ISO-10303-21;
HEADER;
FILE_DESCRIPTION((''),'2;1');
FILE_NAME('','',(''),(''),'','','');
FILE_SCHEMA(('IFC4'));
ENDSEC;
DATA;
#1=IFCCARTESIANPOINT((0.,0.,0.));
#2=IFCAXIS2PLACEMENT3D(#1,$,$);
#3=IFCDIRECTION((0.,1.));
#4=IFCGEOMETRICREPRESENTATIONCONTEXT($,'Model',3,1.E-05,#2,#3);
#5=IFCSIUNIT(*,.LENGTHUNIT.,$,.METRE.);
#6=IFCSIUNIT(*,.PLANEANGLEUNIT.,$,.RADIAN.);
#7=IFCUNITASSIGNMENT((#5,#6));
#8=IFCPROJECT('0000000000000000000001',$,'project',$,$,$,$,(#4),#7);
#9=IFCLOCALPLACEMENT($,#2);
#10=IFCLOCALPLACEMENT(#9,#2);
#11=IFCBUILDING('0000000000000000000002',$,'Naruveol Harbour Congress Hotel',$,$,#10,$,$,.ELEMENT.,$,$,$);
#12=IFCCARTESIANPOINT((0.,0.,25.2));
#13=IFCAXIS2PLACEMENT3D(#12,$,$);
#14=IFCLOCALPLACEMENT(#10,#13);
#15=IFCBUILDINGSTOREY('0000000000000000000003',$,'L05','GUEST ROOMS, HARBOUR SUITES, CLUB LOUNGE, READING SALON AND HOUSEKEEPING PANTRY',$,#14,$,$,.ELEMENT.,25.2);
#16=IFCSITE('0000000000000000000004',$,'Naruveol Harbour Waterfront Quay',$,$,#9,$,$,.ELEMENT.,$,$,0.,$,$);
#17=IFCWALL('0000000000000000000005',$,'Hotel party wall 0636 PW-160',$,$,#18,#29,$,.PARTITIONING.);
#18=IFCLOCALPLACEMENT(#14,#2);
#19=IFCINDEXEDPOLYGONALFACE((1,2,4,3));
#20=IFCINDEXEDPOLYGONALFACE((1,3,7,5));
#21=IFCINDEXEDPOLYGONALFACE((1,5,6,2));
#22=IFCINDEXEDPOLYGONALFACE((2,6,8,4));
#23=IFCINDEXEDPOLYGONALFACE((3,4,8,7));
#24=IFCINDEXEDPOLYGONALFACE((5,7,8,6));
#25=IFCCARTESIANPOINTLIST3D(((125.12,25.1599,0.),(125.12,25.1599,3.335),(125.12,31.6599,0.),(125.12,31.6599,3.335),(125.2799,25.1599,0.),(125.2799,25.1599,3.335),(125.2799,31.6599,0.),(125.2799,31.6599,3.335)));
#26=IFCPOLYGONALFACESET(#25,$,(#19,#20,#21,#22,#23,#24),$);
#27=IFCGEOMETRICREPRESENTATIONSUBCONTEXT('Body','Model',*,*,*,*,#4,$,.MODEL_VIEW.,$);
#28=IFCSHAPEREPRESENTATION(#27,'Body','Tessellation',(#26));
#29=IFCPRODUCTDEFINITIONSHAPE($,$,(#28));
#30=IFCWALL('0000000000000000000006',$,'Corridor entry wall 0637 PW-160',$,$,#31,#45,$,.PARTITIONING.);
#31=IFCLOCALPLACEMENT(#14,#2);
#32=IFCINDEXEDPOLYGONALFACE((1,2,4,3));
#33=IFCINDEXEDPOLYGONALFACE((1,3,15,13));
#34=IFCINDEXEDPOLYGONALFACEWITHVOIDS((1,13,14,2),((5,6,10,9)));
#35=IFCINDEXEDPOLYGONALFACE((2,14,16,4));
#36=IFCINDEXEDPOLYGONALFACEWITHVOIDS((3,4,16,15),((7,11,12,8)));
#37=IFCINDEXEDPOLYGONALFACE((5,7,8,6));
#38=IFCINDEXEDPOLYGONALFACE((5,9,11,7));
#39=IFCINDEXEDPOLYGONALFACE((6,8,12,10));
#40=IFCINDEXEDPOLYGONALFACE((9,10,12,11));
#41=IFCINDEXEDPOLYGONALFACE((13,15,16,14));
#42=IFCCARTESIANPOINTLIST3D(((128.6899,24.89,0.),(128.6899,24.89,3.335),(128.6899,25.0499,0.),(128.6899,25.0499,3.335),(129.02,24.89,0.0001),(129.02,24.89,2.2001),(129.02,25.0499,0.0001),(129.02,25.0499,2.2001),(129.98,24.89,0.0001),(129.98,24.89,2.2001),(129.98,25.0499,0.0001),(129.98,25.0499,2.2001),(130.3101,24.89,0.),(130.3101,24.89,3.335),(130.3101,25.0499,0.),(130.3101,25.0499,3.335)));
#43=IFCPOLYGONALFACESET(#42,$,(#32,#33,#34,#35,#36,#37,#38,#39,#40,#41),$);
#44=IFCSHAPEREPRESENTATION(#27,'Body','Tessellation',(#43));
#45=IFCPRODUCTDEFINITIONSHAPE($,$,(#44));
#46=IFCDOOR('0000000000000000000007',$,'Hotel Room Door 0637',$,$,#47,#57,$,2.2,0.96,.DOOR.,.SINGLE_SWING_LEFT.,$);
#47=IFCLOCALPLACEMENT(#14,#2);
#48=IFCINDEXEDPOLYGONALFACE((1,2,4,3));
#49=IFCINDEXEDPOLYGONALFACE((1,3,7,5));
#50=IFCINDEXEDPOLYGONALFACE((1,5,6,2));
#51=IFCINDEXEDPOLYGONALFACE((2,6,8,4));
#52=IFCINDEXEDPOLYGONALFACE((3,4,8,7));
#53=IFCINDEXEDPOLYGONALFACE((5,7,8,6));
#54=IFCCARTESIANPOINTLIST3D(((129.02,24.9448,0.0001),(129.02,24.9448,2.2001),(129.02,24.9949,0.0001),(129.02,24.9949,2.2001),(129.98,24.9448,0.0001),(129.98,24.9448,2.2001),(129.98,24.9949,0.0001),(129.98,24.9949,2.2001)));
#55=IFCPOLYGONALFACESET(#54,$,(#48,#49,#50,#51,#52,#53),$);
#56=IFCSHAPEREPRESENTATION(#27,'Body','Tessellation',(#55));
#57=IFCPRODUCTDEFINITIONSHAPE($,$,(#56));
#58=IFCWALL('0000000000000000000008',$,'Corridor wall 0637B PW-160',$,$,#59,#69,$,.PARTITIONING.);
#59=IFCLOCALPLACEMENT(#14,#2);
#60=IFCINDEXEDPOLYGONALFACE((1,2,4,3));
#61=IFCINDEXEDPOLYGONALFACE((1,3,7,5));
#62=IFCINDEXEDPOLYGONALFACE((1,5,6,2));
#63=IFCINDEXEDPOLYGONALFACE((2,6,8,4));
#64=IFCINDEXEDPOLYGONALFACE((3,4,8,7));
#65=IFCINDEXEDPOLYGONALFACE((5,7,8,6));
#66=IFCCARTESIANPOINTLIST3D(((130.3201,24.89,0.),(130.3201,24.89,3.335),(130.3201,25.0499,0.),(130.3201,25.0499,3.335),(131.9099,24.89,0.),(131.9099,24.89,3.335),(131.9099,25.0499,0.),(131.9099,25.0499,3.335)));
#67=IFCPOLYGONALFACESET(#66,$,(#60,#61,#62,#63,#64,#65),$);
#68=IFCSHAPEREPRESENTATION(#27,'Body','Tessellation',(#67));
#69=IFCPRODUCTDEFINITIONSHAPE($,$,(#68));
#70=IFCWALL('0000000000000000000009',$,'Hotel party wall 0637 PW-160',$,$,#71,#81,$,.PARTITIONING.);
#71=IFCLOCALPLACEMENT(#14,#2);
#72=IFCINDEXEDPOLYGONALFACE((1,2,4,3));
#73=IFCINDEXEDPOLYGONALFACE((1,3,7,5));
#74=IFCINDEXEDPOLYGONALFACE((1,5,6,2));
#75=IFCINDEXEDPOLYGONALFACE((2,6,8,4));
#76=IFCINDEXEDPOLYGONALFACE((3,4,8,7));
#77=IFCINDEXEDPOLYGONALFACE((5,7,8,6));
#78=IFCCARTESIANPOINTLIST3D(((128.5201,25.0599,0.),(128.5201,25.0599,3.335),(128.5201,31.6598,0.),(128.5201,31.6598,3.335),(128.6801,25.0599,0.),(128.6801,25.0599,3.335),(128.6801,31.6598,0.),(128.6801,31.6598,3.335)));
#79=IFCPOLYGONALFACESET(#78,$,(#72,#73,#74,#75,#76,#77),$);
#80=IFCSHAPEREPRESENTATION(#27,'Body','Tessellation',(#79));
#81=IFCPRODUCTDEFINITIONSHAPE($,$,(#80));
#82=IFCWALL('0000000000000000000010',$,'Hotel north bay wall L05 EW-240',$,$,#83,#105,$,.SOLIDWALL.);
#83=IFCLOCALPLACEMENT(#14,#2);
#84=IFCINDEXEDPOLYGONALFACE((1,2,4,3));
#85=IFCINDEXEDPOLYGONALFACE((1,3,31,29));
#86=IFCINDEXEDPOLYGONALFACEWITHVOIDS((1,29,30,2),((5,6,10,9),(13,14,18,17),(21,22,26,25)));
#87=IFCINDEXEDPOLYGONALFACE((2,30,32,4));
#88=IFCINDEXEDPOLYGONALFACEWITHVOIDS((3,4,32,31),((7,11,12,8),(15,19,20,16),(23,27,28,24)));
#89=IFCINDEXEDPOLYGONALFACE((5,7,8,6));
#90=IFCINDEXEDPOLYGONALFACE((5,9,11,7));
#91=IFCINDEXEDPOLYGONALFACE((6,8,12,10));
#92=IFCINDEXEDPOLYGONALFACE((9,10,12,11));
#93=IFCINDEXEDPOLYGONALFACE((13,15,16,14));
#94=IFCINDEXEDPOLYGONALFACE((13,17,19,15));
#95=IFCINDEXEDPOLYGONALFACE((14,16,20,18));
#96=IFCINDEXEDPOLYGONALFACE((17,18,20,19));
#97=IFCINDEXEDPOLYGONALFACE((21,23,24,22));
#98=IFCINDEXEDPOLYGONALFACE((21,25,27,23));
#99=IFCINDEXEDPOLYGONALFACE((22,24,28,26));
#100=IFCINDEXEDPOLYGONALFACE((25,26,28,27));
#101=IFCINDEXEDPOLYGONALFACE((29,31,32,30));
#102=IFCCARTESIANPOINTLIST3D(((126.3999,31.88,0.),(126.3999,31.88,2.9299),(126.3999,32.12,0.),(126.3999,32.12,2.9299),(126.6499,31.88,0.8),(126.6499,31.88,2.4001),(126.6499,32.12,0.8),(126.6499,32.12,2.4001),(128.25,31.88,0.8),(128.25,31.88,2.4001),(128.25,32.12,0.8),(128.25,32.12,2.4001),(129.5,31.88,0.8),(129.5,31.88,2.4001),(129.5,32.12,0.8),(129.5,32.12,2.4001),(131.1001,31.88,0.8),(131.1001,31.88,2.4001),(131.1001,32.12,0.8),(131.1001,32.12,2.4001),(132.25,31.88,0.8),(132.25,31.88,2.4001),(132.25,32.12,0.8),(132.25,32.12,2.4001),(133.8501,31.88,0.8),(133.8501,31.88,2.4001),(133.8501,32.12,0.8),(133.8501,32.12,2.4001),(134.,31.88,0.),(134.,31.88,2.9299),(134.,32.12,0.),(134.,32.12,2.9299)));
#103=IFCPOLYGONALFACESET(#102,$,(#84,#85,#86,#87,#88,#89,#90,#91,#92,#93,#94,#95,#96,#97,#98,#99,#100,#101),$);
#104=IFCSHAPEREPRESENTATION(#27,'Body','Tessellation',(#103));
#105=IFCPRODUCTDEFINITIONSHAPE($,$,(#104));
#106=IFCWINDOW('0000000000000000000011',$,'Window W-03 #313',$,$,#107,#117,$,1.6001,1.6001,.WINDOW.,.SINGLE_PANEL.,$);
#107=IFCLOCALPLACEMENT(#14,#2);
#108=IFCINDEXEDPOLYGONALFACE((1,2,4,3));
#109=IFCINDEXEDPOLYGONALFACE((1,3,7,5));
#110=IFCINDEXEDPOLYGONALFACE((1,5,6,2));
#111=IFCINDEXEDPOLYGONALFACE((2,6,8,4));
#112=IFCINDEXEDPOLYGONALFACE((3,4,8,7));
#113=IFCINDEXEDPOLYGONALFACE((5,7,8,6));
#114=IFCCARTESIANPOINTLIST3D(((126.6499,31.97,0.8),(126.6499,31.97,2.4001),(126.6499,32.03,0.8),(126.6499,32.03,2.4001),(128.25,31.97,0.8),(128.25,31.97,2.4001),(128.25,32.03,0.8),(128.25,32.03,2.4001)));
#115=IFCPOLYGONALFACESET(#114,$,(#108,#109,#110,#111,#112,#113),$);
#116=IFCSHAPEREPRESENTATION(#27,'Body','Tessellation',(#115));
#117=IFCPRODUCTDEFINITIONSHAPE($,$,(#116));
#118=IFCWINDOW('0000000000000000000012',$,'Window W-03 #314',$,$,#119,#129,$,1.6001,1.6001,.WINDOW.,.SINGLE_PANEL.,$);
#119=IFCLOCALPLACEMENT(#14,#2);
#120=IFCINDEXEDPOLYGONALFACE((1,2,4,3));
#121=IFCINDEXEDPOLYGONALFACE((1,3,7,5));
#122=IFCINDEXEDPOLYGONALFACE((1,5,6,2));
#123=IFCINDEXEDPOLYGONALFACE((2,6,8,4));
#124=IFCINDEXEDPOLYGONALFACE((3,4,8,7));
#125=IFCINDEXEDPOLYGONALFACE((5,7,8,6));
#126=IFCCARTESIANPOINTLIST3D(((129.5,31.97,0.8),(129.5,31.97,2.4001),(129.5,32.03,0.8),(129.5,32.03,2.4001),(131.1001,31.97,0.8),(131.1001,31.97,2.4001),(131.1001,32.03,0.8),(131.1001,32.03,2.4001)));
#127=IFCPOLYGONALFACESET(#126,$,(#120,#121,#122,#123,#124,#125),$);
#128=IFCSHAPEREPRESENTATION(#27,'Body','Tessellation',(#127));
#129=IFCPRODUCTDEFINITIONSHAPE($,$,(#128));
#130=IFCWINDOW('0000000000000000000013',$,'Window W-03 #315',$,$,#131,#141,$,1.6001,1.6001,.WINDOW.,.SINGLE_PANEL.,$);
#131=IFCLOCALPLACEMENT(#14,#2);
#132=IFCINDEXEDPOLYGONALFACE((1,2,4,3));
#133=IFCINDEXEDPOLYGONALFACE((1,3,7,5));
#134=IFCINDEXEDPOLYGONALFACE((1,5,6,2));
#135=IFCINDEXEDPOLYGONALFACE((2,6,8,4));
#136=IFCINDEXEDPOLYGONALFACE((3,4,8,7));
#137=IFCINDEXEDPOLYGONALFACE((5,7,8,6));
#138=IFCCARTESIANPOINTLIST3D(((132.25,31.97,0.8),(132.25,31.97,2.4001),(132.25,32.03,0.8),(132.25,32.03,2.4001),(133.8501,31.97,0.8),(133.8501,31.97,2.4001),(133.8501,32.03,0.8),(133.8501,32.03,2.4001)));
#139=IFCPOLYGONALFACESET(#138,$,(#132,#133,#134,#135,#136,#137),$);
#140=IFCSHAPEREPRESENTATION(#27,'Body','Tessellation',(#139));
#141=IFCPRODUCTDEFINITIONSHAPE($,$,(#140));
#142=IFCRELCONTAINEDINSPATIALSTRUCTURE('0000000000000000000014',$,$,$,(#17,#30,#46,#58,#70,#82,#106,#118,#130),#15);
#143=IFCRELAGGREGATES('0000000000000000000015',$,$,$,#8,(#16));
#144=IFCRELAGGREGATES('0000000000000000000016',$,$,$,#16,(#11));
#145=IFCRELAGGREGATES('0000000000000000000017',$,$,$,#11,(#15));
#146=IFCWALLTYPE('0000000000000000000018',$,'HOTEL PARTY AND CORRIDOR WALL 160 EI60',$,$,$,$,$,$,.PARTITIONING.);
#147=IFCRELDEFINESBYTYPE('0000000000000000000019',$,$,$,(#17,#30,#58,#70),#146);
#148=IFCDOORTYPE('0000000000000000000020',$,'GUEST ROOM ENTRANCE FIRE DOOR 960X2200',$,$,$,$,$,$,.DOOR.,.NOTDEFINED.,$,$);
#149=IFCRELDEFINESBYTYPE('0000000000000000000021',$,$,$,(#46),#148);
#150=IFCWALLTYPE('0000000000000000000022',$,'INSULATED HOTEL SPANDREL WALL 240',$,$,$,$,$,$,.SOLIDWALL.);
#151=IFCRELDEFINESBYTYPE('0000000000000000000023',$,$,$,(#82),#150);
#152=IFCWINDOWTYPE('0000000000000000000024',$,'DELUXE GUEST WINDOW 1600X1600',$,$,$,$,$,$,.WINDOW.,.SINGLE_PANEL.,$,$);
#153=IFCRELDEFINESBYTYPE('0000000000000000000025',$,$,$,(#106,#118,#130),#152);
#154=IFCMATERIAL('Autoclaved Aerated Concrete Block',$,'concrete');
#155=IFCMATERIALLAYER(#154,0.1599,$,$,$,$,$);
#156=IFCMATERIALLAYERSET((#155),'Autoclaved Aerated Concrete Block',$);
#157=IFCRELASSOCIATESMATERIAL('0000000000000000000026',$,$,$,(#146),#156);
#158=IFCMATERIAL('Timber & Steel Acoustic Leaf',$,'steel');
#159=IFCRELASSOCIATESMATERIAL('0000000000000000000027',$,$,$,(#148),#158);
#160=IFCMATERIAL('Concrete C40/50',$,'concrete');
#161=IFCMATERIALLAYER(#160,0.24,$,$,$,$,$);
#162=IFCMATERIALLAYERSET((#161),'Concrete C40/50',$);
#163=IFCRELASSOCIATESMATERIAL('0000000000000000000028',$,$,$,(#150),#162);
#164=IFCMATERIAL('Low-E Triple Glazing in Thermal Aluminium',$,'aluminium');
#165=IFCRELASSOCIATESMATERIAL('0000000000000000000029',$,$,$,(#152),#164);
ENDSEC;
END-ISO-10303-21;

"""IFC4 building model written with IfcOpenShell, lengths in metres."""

from ifc_helpers import new_model, si_unit, direction, frame, frame_2d, origin, place, context, subcontext, project, spatial, rectangle, extrude, material, layer, layer_set, type_object, element, fill, save


model = new_model("IFC4")

# Units and contexts
model_context = context("Model", 3, precision=1e-05, world=origin(), true_north=direction((0.0, 1.0)))
body_context = subcontext(model_context, "Body", "Model", "MODEL_VIEW")
ifc_project = project(units=[si_unit("LENGTHUNIT", "METRE"), si_unit("PLANEANGLEUNIT", "RADIAN")], contexts=[model_context])

# Site, building, storey
site_placement = place(None, origin())
site = spatial("IfcSite", under=ifc_project, at=site_placement, Name="Naruveol Harbour Waterfront Quay", CompositionType="ELEMENT", RefElevation=0.0)
building_placement = place(site_placement, origin())
building = spatial("IfcBuilding", under=site, at=building_placement, Name="Naruveol Harbour Congress Hotel", CompositionType="ELEMENT")
storey_placement = place(building_placement, frame((0.0, 0.0, 25.2)))
storey = spatial("IfcBuildingStorey", under=building, at=storey_placement, Name="L05", Description="GUEST ROOMS, HARBOUR SUITES, CLUB LOUNGE, READING SALON AND HOUSEKEEPING PANTRY", CompositionType="ELEMENT", Elevation=25.2)

# Shared definitions
ifc_material_1 = material(Name="Autoclaved Aerated Concrete Block", Category="concrete")
ifc_layer_1 = layer(ifc_material_1, 0.1599)
ifc_layer_set_1 = layer_set([ifc_layer_1], Name="Autoclaved Aerated Concrete Block")
wall_type_1 = type_object("IfcWallType", Name="HOTEL PARTY AND CORRIDOR WALL 160 EI60", PredefinedType="PARTITIONING", material=ifc_layer_set_1)

# Shared definitions
ifc_material_2 = material(Name="Timber & Steel Acoustic Leaf", Category="steel")
door_type_1 = type_object("IfcDoorType", Name="GUEST ROOM ENTRANCE FIRE DOOR 960X2200", OperationType="NOTDEFINED", PredefinedType="DOOR", material=ifc_material_2)

# Wall
wall_1_placement = place(storey_placement, frame((125.2, 25.1599, 0.0), z_axis=(0.0, 0.0, 1.0), x_axis=(0.0, 1.0, 0.0)))
element("IfcWall", 1, at=wall_1_placement, inside=storey, type_object=wall_type_1, Name="Hotel party wall 0636 PW-160", PredefinedType="PARTITIONING", context=body_context, shape_type="SweptSolid", body=[
    extrude(rectangle(XDim=6.5, YDim=0.1599, at=frame_2d((3.25, 0.0))), origin(), (0.0, 0.0, 1.0), 3.335),
])

# Wall, opening, door
wall_2_placement = place(storey_placement, frame((128.6899, 24.97, 0.0), z_axis=(0.0, 0.0, 1.0), x_axis=(1.0, 0.0, 0.0)))
wall_2 = element("IfcWall", 2, at=wall_2_placement, inside=storey, type_object=wall_type_1, Name="Corridor entry wall 0637 PW-160", PredefinedType="PARTITIONING", context=body_context, shape_type="SweptSolid", body=[
    extrude(rectangle(XDim=1.6201, YDim=0.1599, at=frame_2d((0.8101, 0.0))), origin(), (0.0, 0.0, 1.0), 3.335),
])
opening_1_placement = place(wall_2_placement, frame((0.3301, 0.0, 0.0)))
opening_1 = element("IfcOpeningElement", 3, at=opening_1_placement, cuts=wall_2, PredefinedType="OPENING", context=body_context, shape_type="SweptSolid", body=[
    extrude(rectangle(XDim=0.96, YDim=2.2, at=frame_2d((0.48, 1.1001))), frame((0.0, 0.0898, 0.0), z_axis=(0.0, -1.0, 0.0), x_axis=(1.0, 0.0, 0.0)), (0.0, 0.0, 1.0), 0.1799),
])
door_1_placement = place(opening_1_placement, origin())
door_1 = element("IfcDoor", 4, at=door_1_placement, inside=storey, type_object=door_type_1, Name="Hotel Room Door 0637", OperationType="SINGLE_SWING_LEFT", OverallHeight=2.2, OverallWidth=0.96, PredefinedType="DOOR", context=body_context, shape_type="SweptSolid", body=[
    extrude(rectangle(XDim=0.96, YDim=2.2, at=frame_2d((0.48, 1.1001))), frame((0.0, 0.0249, 0.0), z_axis=(0.0, -1.0, 0.0), x_axis=(1.0, 0.0, 0.0)), (0.0, 0.0, 1.0), 0.05),
])
fill(opening_1, door_1)

# Walls
wall_3_placement = place(storey_placement, frame((130.3201, 24.97, 0.0), z_axis=(0.0, 0.0, 1.0), x_axis=(1.0, 0.0, 0.0)))
element("IfcWall", 5, at=wall_3_placement, inside=storey, type_object=wall_type_1, Name="Corridor wall 0637B PW-160", PredefinedType="PARTITIONING", context=body_context, shape_type="SweptSolid", body=[
    extrude(rectangle(XDim=1.5898, YDim=0.1599, at=frame_2d((0.7949, 0.0))), origin(), (0.0, 0.0, 1.0), 3.335),
])
wall_4_placement = place(storey_placement, frame((128.6001, 25.0601, 0.0), z_axis=(0.0, 0.0, 1.0), x_axis=(0.0, 1.0, 0.0)))
element("IfcWall", 6, at=wall_4_placement, inside=storey, type_object=wall_type_1, Name="Hotel party wall 0637 PW-160", PredefinedType="PARTITIONING", context=body_context, shape_type="SweptSolid", body=[
    extrude(rectangle(XDim=6.5999, YDim=0.1599, at=frame_2d((3.2998, 0.0))), origin(), (0.0, 0.0, 1.0), 3.335),
])

# Wall, openings, windows
ifc_material_3 = material(Name="Concrete C40/50", Category="concrete")
ifc_layer_2 = layer(ifc_material_3, 0.24)
ifc_layer_set_2 = layer_set([ifc_layer_2], Name="Concrete C40/50")
wall_type_2 = type_object("IfcWallType", Name="INSULATED HOTEL SPANDREL WALL 240", PredefinedType="SOLIDWALL", material=ifc_layer_set_2)
wall_5_placement = place(storey_placement, frame((126.3999, 32.0, 0.0), z_axis=(0.0, 0.0, 1.0), x_axis=(1.0, 0.0, 0.0)))
wall_5 = element("IfcWall", 7, at=wall_5_placement, inside=storey, type_object=wall_type_2, Name="Hotel north bay wall L05 EW-240", PredefinedType="SOLIDWALL", context=body_context, shape_type="SweptSolid", body=[
    extrude(rectangle(XDim=7.6001, YDim=0.24, at=frame_2d((3.8, 0.0))), origin(), (0.0, 0.0, 1.0), 2.9299),
])
opening_2_placement = place(wall_5_placement, frame((0.25, 0.0, 0.8)))
opening_2 = element("IfcOpeningElement", 8, at=opening_2_placement, cuts=wall_5, PredefinedType="OPENING", context=body_context, shape_type="SweptSolid", body=[
    extrude(rectangle(XDim=1.6001, YDim=1.6001, at=frame_2d((0.8, 0.8))), frame((0.0, 0.1299, 0.0), z_axis=(0.0, -1.0, 0.0), x_axis=(1.0, 0.0, 0.0)), (0.0, 0.0, 1.0), 0.26),
])
opening_3_placement = place(wall_5_placement, frame((3.1001, 0.0, 0.8)))
opening_3 = element("IfcOpeningElement", 9, at=opening_3_placement, cuts=wall_5, PredefinedType="OPENING", context=body_context, shape_type="SweptSolid", body=[
    extrude(rectangle(XDim=1.6001, YDim=1.6001, at=frame_2d((0.8, 0.8))), frame((0.0, 0.1299, 0.0), z_axis=(0.0, -1.0, 0.0), x_axis=(1.0, 0.0, 0.0)), (0.0, 0.0, 1.0), 0.26),
])
opening_4_placement = place(wall_5_placement, frame((5.8501, 0.0, 0.8)))
opening_4 = element("IfcOpeningElement", 10, at=opening_4_placement, cuts=wall_5, PredefinedType="OPENING", context=body_context, shape_type="SweptSolid", body=[
    extrude(rectangle(XDim=1.6001, YDim=1.6001, at=frame_2d((0.8, 0.8))), frame((0.0, 0.1299, 0.0), z_axis=(0.0, -1.0, 0.0), x_axis=(1.0, 0.0, 0.0)), (0.0, 0.0, 1.0), 0.26),
])
ifc_material_4 = material(Name="Low-E Triple Glazing in Thermal Aluminium", Category="aluminium")
window_type = type_object("IfcWindowType", Name="DELUXE GUEST WINDOW 1600X1600", PartitioningType="SINGLE_PANEL", PredefinedType="WINDOW", material=ifc_material_4)
window_1_placement = place(opening_2_placement, origin())
window_1 = element("IfcWindow", 11, at=window_1_placement, inside=storey, type_object=window_type, Name="Window W-03 #313", OverallHeight=1.6001, OverallWidth=1.6001, PartitioningType="SINGLE_PANEL", PredefinedType="WINDOW", context=body_context, shape_type="SweptSolid", body=[
    extrude(rectangle(XDim=1.6001, YDim=1.6001, at=frame_2d((0.8, 0.8))), frame((0.0, 0.03, 0.0), z_axis=(0.0, -1.0, 0.0), x_axis=(1.0, 0.0, 0.0)), (0.0, 0.0, 1.0), 0.0601),
])
fill(opening_2, window_1)
window_2_placement = place(opening_3_placement, origin())
window_2 = element("IfcWindow", 12, at=window_2_placement, inside=storey, type_object=window_type, Name="Window W-03 #314", OverallHeight=1.6001, OverallWidth=1.6001, PartitioningType="SINGLE_PANEL", PredefinedType="WINDOW", context=body_context, shape_type="SweptSolid", body=[
    extrude(rectangle(XDim=1.6001, YDim=1.6001, at=frame_2d((0.8, 0.8))), frame((0.0, 0.03, 0.0), z_axis=(0.0, -1.0, 0.0), x_axis=(1.0, 0.0, 0.0)), (0.0, 0.0, 1.0), 0.0601),
])
fill(opening_3, window_2)
window_3_placement = place(opening_4_placement, origin())
window_3 = element("IfcWindow", 13, at=window_3_placement, inside=storey, type_object=window_type, Name="Window W-03 #315", OverallHeight=1.6001, OverallWidth=1.6001, PartitioningType="SINGLE_PANEL", PredefinedType="WINDOW", context=body_context, shape_type="SweptSolid", body=[
    extrude(rectangle(XDim=1.6001, YDim=1.6001, at=frame_2d((0.8, 0.8))), frame((0.0, 0.03, 0.0), z_axis=(0.0, -1.0, 0.0), x_axis=(1.0, 0.0, 0.0)), (0.0, 0.0, 1.0), 0.0601),
])
fill(opening_4, window_3)

save(model, "model.ifc")
